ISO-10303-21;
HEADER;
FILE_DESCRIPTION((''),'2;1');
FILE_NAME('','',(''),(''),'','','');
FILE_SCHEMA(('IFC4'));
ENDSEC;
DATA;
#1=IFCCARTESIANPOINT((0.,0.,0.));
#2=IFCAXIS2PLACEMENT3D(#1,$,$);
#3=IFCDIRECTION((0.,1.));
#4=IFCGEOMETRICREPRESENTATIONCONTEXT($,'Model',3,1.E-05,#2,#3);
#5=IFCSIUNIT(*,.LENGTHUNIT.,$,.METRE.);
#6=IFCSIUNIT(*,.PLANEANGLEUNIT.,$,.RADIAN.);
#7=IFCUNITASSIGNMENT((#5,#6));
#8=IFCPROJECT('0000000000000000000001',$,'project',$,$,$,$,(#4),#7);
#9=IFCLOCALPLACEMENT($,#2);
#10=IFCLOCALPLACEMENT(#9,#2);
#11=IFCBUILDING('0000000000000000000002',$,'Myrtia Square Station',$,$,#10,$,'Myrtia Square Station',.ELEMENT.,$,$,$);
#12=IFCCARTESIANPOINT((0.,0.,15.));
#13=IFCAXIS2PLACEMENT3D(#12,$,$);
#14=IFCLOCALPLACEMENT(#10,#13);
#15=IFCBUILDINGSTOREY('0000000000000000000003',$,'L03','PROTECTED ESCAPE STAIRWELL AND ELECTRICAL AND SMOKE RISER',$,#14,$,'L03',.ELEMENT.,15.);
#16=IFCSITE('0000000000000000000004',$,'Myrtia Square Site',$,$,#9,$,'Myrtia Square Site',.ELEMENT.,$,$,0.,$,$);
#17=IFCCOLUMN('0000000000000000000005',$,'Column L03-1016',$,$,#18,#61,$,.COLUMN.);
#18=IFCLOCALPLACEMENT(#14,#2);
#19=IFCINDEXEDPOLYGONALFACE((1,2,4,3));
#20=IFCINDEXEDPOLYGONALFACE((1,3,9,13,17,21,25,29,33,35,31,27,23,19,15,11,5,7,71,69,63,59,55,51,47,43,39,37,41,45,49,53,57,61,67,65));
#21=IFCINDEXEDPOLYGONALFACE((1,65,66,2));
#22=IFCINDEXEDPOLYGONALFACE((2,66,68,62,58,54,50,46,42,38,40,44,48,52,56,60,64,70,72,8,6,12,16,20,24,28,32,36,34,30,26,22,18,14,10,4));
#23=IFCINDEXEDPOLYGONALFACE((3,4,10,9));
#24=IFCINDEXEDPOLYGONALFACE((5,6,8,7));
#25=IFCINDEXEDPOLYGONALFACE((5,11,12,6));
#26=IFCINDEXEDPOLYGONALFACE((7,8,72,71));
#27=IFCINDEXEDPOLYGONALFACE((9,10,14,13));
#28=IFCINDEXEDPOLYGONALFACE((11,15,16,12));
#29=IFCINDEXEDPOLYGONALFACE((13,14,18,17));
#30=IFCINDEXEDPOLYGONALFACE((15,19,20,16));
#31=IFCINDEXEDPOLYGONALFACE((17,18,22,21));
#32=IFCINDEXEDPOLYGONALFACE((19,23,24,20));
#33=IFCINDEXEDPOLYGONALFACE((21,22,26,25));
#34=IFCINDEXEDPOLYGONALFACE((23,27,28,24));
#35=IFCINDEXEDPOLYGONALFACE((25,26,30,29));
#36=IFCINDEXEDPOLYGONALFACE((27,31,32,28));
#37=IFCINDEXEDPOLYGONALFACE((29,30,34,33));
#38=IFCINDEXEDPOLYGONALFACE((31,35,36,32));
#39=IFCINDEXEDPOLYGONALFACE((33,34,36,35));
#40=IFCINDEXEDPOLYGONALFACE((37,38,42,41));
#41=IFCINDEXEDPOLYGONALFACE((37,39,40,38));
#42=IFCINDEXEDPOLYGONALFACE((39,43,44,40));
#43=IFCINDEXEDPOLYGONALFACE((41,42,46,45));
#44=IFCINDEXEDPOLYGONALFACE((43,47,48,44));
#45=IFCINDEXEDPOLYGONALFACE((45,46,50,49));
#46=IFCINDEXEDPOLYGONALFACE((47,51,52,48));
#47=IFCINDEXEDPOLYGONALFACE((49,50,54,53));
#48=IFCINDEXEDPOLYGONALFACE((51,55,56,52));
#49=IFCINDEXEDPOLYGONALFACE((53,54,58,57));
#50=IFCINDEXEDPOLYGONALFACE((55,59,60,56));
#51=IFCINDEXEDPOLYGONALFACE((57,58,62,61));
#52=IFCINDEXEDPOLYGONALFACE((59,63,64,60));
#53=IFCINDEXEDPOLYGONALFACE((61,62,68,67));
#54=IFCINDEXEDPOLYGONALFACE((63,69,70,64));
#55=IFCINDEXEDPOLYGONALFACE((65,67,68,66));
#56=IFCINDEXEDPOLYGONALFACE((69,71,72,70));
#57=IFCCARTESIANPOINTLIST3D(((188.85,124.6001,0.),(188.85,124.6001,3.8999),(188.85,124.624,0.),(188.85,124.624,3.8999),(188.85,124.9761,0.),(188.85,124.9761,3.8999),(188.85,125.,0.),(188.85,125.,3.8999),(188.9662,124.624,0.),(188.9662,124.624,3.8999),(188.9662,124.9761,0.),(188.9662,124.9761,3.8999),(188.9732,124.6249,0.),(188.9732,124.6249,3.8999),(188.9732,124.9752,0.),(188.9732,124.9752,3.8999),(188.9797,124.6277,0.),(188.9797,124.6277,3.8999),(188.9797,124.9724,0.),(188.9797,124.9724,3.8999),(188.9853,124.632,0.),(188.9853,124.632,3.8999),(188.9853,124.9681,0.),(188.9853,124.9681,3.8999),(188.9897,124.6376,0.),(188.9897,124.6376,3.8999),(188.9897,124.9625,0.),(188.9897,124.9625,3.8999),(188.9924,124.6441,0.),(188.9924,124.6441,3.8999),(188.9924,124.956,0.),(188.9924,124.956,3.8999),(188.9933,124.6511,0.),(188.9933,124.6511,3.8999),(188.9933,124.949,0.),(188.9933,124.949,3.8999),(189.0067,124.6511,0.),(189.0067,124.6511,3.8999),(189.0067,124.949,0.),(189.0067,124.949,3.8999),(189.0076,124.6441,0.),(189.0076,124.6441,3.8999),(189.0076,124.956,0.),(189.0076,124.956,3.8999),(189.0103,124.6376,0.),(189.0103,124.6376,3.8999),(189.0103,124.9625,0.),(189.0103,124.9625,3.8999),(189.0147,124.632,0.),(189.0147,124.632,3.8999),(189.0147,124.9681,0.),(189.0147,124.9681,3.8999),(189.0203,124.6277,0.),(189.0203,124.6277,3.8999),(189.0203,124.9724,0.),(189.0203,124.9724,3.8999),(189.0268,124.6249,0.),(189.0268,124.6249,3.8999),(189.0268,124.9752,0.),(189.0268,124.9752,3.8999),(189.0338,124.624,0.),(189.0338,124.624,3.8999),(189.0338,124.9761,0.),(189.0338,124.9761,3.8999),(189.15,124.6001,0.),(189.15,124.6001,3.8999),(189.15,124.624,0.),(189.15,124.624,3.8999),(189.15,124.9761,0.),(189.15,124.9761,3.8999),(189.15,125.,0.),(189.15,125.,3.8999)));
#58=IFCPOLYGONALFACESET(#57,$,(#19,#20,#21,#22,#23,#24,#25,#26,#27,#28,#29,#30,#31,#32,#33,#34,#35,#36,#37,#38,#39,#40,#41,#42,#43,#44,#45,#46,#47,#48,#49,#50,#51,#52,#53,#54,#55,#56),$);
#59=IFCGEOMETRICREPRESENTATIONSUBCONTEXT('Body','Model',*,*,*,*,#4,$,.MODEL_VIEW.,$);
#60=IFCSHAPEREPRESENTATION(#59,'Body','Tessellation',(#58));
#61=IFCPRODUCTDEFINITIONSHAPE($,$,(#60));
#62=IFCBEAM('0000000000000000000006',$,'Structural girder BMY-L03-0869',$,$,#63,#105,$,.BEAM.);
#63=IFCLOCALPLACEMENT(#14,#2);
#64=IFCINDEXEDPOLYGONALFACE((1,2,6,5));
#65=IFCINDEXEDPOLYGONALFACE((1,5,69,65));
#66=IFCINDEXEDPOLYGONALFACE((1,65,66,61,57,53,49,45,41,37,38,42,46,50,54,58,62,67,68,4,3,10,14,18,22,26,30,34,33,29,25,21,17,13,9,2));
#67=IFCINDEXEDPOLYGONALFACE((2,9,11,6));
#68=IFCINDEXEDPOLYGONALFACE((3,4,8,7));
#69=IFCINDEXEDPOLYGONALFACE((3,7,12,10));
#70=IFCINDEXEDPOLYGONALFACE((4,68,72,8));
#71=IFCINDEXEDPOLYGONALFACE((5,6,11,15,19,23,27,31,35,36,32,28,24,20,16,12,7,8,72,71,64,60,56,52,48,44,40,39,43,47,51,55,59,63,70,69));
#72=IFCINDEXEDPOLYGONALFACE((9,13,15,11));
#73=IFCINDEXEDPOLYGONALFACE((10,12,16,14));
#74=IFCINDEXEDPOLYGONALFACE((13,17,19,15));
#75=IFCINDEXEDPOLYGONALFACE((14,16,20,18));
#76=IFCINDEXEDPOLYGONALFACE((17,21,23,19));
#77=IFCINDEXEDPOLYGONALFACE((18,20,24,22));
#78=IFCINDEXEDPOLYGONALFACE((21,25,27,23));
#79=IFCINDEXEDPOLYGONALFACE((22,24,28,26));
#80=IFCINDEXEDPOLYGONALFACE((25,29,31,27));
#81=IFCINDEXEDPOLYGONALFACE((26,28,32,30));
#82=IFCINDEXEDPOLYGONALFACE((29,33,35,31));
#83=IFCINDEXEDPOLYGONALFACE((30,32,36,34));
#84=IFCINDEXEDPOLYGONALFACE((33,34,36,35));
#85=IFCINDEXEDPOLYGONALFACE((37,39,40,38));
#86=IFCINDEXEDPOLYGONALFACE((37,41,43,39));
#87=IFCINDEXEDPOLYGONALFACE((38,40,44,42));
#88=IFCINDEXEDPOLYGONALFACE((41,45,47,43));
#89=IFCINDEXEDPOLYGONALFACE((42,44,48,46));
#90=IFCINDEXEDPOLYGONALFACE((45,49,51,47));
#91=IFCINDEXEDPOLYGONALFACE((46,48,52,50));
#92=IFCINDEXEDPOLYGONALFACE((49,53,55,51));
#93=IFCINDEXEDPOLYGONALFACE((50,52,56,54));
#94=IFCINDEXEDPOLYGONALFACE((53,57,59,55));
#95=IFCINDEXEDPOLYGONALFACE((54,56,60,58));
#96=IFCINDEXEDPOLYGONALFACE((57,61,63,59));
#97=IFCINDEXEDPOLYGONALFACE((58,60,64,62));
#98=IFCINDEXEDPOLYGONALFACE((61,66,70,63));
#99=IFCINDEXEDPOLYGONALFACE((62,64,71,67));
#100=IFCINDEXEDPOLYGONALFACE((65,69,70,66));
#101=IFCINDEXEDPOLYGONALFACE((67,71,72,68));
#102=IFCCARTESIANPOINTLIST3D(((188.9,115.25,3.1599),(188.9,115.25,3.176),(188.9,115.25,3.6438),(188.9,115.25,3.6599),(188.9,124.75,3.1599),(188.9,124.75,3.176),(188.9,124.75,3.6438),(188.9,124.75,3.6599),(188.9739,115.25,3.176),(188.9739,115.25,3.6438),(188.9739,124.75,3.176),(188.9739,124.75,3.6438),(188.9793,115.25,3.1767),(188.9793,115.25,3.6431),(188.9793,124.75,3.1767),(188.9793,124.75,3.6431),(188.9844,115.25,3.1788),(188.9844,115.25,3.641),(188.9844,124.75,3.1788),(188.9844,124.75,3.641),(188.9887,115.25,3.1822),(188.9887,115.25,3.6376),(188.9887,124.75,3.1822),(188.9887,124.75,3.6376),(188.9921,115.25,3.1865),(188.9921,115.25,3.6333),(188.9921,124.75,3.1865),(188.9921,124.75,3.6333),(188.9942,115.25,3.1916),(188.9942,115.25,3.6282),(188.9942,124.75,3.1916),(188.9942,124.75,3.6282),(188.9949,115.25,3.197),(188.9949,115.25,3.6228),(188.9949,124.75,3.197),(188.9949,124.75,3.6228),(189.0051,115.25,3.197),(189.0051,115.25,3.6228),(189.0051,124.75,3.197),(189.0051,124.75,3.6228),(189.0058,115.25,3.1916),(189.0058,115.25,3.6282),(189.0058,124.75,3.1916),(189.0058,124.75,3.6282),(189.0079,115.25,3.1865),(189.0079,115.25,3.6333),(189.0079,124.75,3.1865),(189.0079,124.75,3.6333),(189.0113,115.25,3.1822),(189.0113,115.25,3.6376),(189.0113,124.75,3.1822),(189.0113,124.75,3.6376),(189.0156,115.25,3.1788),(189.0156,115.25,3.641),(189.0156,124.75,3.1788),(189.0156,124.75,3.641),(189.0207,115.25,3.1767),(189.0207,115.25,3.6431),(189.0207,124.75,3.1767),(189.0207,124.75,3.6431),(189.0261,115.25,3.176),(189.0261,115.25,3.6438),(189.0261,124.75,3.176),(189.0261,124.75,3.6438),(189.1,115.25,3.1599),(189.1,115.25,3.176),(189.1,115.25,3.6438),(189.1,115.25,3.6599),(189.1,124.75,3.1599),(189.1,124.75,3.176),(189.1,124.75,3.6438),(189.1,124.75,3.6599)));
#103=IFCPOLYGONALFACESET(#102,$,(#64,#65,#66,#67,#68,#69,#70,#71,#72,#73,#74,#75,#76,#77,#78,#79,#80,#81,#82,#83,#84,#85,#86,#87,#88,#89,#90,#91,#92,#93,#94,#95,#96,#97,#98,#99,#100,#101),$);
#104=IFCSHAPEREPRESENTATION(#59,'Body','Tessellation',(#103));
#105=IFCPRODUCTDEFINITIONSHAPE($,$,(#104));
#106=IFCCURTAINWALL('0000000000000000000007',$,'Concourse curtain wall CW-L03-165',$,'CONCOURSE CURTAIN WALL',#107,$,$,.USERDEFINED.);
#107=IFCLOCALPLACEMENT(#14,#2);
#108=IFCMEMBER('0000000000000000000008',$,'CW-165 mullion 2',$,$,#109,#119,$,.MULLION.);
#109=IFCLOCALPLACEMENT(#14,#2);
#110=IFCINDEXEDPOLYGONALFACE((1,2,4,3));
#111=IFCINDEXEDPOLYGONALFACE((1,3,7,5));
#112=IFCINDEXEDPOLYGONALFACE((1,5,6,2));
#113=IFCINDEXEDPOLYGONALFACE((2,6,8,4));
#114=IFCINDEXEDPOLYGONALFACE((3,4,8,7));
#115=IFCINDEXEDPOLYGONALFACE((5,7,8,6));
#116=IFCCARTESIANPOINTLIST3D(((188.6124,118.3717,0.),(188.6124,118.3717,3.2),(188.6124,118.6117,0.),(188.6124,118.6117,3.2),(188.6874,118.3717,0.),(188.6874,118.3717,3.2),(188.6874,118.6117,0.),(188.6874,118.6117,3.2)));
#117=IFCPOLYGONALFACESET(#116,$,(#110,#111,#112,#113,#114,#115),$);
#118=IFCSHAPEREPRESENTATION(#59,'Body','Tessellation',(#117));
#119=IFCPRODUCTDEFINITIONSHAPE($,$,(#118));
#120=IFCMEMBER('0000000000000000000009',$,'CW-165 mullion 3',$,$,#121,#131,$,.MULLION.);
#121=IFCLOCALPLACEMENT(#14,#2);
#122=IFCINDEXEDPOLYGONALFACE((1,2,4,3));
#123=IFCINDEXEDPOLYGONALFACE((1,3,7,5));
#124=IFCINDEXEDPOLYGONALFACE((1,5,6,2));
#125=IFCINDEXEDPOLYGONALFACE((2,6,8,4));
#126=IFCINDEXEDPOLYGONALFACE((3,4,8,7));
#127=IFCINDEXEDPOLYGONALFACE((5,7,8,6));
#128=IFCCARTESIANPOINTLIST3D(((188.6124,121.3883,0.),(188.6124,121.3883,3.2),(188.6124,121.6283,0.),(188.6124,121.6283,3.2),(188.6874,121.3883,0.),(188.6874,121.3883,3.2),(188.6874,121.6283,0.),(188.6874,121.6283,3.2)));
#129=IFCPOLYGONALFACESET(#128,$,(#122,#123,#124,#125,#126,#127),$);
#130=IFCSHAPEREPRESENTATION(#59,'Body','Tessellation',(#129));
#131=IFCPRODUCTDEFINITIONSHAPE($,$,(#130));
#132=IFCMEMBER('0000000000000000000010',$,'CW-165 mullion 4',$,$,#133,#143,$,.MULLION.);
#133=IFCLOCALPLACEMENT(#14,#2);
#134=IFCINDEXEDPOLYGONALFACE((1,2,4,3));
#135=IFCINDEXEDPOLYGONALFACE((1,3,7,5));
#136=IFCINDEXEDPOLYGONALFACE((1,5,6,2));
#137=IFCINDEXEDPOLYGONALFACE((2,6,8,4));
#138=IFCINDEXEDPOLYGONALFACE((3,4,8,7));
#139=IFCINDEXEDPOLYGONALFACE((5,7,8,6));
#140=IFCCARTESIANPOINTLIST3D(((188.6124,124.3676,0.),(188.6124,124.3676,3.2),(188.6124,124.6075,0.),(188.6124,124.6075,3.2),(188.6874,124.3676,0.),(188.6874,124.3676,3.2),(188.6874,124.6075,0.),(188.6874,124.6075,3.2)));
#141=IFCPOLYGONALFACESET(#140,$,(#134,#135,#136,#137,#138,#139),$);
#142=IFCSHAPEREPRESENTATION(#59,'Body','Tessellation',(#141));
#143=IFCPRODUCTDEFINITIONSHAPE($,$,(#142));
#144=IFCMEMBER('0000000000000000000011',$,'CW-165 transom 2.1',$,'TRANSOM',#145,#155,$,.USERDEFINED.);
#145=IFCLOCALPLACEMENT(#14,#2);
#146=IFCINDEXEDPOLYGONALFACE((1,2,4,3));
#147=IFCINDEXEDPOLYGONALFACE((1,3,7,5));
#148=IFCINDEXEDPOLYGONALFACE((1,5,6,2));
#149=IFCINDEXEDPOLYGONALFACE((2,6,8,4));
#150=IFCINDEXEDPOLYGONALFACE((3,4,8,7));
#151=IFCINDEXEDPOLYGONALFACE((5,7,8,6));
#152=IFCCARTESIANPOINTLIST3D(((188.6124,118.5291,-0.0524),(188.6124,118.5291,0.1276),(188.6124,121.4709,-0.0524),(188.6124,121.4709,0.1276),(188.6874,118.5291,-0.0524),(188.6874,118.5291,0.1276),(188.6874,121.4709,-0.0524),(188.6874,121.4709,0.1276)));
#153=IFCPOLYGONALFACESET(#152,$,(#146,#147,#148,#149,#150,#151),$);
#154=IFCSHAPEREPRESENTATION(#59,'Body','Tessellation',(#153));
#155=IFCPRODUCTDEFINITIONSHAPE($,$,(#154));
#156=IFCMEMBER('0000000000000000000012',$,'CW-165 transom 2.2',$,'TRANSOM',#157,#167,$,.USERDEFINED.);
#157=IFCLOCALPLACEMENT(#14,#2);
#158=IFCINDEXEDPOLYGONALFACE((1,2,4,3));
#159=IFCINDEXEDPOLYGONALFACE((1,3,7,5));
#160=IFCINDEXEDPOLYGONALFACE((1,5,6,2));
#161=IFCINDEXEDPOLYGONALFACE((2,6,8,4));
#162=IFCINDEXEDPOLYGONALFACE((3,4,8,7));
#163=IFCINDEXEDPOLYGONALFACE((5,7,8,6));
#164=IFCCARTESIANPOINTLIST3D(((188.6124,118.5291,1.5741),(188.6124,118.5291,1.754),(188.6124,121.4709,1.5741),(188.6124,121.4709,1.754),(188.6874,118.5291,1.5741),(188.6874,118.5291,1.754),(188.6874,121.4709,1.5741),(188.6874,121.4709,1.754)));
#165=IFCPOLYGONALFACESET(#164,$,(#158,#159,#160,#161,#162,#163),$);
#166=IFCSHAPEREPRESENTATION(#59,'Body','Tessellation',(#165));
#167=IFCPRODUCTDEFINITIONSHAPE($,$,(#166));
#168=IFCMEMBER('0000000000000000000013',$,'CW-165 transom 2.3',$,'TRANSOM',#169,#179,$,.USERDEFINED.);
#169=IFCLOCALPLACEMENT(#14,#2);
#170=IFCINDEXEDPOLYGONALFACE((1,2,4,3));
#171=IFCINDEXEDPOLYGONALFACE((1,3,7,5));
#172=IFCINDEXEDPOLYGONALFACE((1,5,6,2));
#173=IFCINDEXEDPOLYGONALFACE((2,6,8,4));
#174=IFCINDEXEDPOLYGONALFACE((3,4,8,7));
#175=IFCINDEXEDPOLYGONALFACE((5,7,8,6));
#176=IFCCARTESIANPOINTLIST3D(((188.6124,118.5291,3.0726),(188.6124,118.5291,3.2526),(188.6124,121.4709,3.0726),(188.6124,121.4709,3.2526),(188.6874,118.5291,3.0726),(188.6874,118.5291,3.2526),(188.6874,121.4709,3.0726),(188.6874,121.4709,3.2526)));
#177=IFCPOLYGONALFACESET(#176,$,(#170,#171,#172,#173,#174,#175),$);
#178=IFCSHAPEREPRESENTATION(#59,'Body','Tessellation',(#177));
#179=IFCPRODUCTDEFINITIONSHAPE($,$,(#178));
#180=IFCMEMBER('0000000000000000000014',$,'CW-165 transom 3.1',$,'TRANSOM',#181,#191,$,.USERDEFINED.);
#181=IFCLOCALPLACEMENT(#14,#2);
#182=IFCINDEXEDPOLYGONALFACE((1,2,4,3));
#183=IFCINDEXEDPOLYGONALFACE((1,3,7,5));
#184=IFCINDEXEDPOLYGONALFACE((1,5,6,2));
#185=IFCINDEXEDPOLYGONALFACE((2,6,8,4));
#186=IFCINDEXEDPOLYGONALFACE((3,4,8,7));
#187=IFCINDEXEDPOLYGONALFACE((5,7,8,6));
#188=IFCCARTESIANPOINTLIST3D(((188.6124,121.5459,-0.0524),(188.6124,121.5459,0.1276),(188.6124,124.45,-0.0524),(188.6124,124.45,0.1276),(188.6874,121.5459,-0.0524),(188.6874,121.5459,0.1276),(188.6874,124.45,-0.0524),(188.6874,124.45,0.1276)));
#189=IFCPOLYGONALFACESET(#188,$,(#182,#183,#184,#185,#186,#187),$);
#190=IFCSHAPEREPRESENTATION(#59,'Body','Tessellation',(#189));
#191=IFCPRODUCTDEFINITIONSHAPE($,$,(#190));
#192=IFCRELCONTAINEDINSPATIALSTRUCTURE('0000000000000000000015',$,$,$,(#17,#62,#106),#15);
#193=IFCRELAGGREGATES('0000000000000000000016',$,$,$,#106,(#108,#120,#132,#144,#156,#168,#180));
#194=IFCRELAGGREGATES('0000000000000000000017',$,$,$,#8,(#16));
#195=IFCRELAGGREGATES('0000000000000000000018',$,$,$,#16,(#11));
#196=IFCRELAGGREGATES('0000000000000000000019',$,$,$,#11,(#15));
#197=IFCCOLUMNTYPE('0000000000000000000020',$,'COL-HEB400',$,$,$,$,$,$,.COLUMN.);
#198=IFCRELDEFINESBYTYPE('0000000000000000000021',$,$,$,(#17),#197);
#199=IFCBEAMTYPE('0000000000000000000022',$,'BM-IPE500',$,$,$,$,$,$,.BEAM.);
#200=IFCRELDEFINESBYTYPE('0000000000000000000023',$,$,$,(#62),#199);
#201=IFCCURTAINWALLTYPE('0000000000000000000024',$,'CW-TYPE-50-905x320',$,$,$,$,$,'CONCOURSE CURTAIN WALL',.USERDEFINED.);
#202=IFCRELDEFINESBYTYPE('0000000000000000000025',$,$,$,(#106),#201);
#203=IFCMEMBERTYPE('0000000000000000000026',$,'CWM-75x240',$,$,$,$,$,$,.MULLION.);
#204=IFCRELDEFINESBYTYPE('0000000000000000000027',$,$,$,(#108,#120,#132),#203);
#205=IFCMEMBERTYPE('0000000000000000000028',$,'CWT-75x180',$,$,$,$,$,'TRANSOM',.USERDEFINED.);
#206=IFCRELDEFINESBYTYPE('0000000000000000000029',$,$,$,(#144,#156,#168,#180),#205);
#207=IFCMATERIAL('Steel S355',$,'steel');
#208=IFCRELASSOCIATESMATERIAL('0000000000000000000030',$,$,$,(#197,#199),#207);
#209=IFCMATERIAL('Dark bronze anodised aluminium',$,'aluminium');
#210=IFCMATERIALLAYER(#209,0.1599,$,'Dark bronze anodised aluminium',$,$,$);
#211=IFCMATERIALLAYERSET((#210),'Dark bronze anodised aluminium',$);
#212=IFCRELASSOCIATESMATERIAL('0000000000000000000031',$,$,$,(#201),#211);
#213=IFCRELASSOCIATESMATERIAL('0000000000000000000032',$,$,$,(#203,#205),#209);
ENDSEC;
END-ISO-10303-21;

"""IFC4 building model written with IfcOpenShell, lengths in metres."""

from ifc_helpers import new_model, si_unit, direction, frame, origin, origin_2d, place, context, subcontext, project, spatial, rectangle, i_section, extrude, material, layer, layer_set, material_profile, profile_set, type_object, element, aggregate, save


model = new_model("IFC4")

# Units and contexts
model_context = context("Model", 3, precision=1e-05, world=origin(), true_north=direction((0.0, 1.0)))
body_context = subcontext(model_context, "Body", "Model", "MODEL_VIEW")
ifc_project = project(units=[si_unit("LENGTHUNIT", "METRE"), si_unit("PLANEANGLEUNIT", "RADIAN")], contexts=[model_context])

# Site, building, storey
site_placement = place(None, origin())
site = spatial("IfcSite", under=ifc_project, at=site_placement, Name="Myrtia Square Site", LongName="Myrtia Square Site", CompositionType="ELEMENT", RefElevation=0.0)
building_placement = place(site_placement, origin())
building = spatial("IfcBuilding", under=site, at=building_placement, Name="Myrtia Square Station", LongName="Myrtia Square Station", CompositionType="ELEMENT")
storey_placement = place(building_placement, frame((0.0, 0.0, 15.0)))
storey = spatial("IfcBuildingStorey", under=building, at=storey_placement, Name="L03", Description="PROTECTED ESCAPE STAIRWELL AND ELECTRICAL AND SMOKE RISER", LongName="L03", CompositionType="ELEMENT", Elevation=15.0)

# Column
ifc_material_1 = material(Name="Steel S355", Category="steel")
ifc_material_profile_1 = material_profile(ifc_material_1, i_section(OverallWidth=0.3, OverallDepth=0.3999, WebThickness=0.0134, FlangeThickness=0.0239, FilletRadius=0.0271, at=origin_2d()), Name="HEB 400")
ifc_profile_set_1 = profile_set([ifc_material_profile_1], Name="Steel S355")
column_type = type_object("IfcColumnType", Name="COL-HEB400", PredefinedType="COLUMN", material=ifc_profile_set_1)
column_placement = place(storey_placement, frame((189.0, 124.8, 0.0), z_axis=(0.0, 0.0, 1.0), x_axis=(1.0, 0.0, 0.0)))
element("IfcColumn", 1, at=column_placement, inside=storey, type_object=column_type, Name="Column L03-1016", PredefinedType="COLUMN", context=body_context, shape_type="SweptSolid", body=[
    extrude(i_section(OverallWidth=0.3, OverallDepth=0.3999, WebThickness=0.0134, FlangeThickness=0.0239, FilletRadius=0.0271, at=origin_2d()), origin(), (0.0, 0.0, 1.0), 3.8999),
])

# Beam
ifc_material_profile_2 = material_profile(ifc_material_1, i_section(OverallWidth=0.2, OverallDepth=0.5, WebThickness=0.0103, FlangeThickness=0.0161, FilletRadius=0.021, at=origin_2d()), Name="IPE 500")
ifc_profile_set_2 = profile_set([ifc_material_profile_2], Name="Steel S355")
beam_type = type_object("IfcBeamType", Name="BM-IPE500", PredefinedType="BEAM", material=ifc_profile_set_2)
beam_placement = place(storey_placement, frame((189.0, 115.25, 3.4099), z_axis=(0.0, 1.0, 0.0), x_axis=(-1.0, 0.0, 0.0)))
element("IfcBeam", 2, at=beam_placement, inside=storey, type_object=beam_type, Name="Structural girder BMY-L03-0869", PredefinedType="BEAM", context=body_context, shape_type="SweptSolid", body=[
    extrude(i_section(OverallWidth=0.2, OverallDepth=0.5, WebThickness=0.0103, FlangeThickness=0.0161, FilletRadius=0.021, at=origin_2d()), origin(), (0.0, 0.0, 1.0), 9.5),
])

# Curtain wall, members
ifc_material_2 = material(Name="Dark bronze anodised aluminium", Category="aluminium")
ifc_layer_1 = layer(ifc_material_2, 0.1599, Name="Dark bronze anodised aluminium")
ifc_layer_set_1 = layer_set([ifc_layer_1], Name="Dark bronze anodised aluminium")
curtain_wall_type = type_object("IfcCurtainWallType", Name="CW-TYPE-50-905x320", ElementType="CONCOURSE CURTAIN WALL", PredefinedType="USERDEFINED", material=ifc_layer_set_1)
curtain_wall_placement = place(storey_placement, origin())
curtain_wall = element("IfcCurtainWall", 3, at=curtain_wall_placement, inside=storey, type_object=curtain_wall_type, Name="Concourse curtain wall CW-L03-165", ObjectType="CONCOURSE CURTAIN WALL", PredefinedType="USERDEFINED")
ifc_material_profile_3 = material_profile(ifc_material_2, rectangle(XDim=0.075, YDim=0.24, at=origin_2d()), Name="ALU-M 75x240")
ifc_profile_set_3 = profile_set([ifc_material_profile_3], Name="Dark bronze anodised aluminium")
member_type_1 = type_object("IfcMemberType", Name="CWM-75x240", PredefinedType="MULLION", material=ifc_profile_set_3)
member_1_placement = place(storey_placement, frame((188.6499, 118.4917, 0.0), z_axis=(0.0, 0.0, 1.0), x_axis=(-1.0, 0.0, 0.0)))
member_1 = element("IfcMember", 4, at=member_1_placement, type_object=member_type_1, Name="CW-165 mullion 2", PredefinedType="MULLION", context=body_context, shape_type="SweptSolid", body=[
    extrude(rectangle(XDim=0.075, YDim=0.24, at=origin_2d()), origin(), (0.0, 0.0, 1.0), 3.2),
])
member_2_placement = place(storey_placement, frame((188.6499, 121.5083, 0.0), z_axis=(0.0, 0.0, 1.0), x_axis=(-1.0, 0.0, 0.0)))
member_2 = element("IfcMember", 5, at=member_2_placement, type_object=member_type_1, Name="CW-165 mullion 3", PredefinedType="MULLION", context=body_context, shape_type="SweptSolid", body=[
    extrude(rectangle(XDim=0.075, YDim=0.24, at=origin_2d()), origin(), (0.0, 0.0, 1.0), 3.2),
])
member_3_placement = place(storey_placement, frame((188.6499, 124.4875, 0.0), z_axis=(0.0, 0.0, 1.0), x_axis=(-1.0, 0.0, 0.0)))
member_3 = element("IfcMember", 6, at=member_3_placement, type_object=member_type_1, Name="CW-165 mullion 4", PredefinedType="MULLION", context=body_context, shape_type="SweptSolid", body=[
    extrude(rectangle(XDim=0.075, YDim=0.24, at=origin_2d()), origin(), (0.0, 0.0, 1.0), 3.2),
])
ifc_material_profile_4 = material_profile(ifc_material_2, rectangle(XDim=0.075, YDim=0.1799, at=origin_2d()), Name="ALU-T 75x180")
ifc_profile_set_4 = profile_set([ifc_material_profile_4], Name="Dark bronze anodised aluminium")
member_type_2 = type_object("IfcMemberType", Name="CWT-75x180", ElementType="TRANSOM", PredefinedType="USERDEFINED", material=ifc_profile_set_4)
member_4_placement = place(storey_placement, frame((188.6499, 118.5291, 0.0376), z_axis=(0.0, 1.0, 0.0), x_axis=(-1.0, 0.0, 0.0)))
member_4 = element("IfcMember", 7, at=member_4_placement, type_object=member_type_2, Name="CW-165 transom 2.1", ObjectType="TRANSOM", PredefinedType="USERDEFINED", context=body_context, shape_type="SweptSolid", body=[
    extrude(rectangle(XDim=0.075, YDim=0.1799, at=origin_2d()), origin(), (0.0, 0.0, 1.0), 2.9419),
])
member_5_placement = place(storey_placement, frame((188.6499, 118.5291, 1.6641), z_axis=(0.0, 1.0, 0.0), x_axis=(-1.0, 0.0, 0.0)))
member_5 = element("IfcMember", 8, at=member_5_placement, type_object=member_type_2, Name="CW-165 transom 2.2", ObjectType="TRANSOM", PredefinedType="USERDEFINED", context=body_context, shape_type="SweptSolid", body=[
    extrude(rectangle(XDim=0.075, YDim=0.1799, at=origin_2d()), origin(), (0.0, 0.0, 1.0), 2.9419),
])
member_6_placement = place(storey_placement, frame((188.6499, 118.5291, 3.1626), z_axis=(0.0, 1.0, 0.0), x_axis=(-1.0, 0.0, 0.0)))
member_6 = element("IfcMember", 9, at=member_6_placement, type_object=member_type_2, Name="CW-165 transom 2.3", ObjectType="TRANSOM", PredefinedType="USERDEFINED", context=body_context, shape_type="SweptSolid", body=[
    extrude(rectangle(XDim=0.075, YDim=0.1799, at=origin_2d()), origin(), (0.0, 0.0, 1.0), 2.9419),
])
member_7_placement = place(storey_placement, frame((188.6499, 121.5459, 0.0376), z_axis=(0.0, 1.0, 0.0), x_axis=(-1.0, 0.0, 0.0)))
member_7 = element("IfcMember", 10, at=member_7_placement, type_object=member_type_2, Name="CW-165 transom 3.1", ObjectType="TRANSOM", PredefinedType="USERDEFINED", context=body_context, shape_type="SweptSolid", body=[
    extrude(rectangle(XDim=0.075, YDim=0.1799, at=origin_2d()), origin(), (0.0, 0.0, 1.0), 2.9041),
])
aggregate(curtain_wall, [member_1, member_2, member_3, member_4, member_5, member_6, member_7])

save(model, "model.ifc")
